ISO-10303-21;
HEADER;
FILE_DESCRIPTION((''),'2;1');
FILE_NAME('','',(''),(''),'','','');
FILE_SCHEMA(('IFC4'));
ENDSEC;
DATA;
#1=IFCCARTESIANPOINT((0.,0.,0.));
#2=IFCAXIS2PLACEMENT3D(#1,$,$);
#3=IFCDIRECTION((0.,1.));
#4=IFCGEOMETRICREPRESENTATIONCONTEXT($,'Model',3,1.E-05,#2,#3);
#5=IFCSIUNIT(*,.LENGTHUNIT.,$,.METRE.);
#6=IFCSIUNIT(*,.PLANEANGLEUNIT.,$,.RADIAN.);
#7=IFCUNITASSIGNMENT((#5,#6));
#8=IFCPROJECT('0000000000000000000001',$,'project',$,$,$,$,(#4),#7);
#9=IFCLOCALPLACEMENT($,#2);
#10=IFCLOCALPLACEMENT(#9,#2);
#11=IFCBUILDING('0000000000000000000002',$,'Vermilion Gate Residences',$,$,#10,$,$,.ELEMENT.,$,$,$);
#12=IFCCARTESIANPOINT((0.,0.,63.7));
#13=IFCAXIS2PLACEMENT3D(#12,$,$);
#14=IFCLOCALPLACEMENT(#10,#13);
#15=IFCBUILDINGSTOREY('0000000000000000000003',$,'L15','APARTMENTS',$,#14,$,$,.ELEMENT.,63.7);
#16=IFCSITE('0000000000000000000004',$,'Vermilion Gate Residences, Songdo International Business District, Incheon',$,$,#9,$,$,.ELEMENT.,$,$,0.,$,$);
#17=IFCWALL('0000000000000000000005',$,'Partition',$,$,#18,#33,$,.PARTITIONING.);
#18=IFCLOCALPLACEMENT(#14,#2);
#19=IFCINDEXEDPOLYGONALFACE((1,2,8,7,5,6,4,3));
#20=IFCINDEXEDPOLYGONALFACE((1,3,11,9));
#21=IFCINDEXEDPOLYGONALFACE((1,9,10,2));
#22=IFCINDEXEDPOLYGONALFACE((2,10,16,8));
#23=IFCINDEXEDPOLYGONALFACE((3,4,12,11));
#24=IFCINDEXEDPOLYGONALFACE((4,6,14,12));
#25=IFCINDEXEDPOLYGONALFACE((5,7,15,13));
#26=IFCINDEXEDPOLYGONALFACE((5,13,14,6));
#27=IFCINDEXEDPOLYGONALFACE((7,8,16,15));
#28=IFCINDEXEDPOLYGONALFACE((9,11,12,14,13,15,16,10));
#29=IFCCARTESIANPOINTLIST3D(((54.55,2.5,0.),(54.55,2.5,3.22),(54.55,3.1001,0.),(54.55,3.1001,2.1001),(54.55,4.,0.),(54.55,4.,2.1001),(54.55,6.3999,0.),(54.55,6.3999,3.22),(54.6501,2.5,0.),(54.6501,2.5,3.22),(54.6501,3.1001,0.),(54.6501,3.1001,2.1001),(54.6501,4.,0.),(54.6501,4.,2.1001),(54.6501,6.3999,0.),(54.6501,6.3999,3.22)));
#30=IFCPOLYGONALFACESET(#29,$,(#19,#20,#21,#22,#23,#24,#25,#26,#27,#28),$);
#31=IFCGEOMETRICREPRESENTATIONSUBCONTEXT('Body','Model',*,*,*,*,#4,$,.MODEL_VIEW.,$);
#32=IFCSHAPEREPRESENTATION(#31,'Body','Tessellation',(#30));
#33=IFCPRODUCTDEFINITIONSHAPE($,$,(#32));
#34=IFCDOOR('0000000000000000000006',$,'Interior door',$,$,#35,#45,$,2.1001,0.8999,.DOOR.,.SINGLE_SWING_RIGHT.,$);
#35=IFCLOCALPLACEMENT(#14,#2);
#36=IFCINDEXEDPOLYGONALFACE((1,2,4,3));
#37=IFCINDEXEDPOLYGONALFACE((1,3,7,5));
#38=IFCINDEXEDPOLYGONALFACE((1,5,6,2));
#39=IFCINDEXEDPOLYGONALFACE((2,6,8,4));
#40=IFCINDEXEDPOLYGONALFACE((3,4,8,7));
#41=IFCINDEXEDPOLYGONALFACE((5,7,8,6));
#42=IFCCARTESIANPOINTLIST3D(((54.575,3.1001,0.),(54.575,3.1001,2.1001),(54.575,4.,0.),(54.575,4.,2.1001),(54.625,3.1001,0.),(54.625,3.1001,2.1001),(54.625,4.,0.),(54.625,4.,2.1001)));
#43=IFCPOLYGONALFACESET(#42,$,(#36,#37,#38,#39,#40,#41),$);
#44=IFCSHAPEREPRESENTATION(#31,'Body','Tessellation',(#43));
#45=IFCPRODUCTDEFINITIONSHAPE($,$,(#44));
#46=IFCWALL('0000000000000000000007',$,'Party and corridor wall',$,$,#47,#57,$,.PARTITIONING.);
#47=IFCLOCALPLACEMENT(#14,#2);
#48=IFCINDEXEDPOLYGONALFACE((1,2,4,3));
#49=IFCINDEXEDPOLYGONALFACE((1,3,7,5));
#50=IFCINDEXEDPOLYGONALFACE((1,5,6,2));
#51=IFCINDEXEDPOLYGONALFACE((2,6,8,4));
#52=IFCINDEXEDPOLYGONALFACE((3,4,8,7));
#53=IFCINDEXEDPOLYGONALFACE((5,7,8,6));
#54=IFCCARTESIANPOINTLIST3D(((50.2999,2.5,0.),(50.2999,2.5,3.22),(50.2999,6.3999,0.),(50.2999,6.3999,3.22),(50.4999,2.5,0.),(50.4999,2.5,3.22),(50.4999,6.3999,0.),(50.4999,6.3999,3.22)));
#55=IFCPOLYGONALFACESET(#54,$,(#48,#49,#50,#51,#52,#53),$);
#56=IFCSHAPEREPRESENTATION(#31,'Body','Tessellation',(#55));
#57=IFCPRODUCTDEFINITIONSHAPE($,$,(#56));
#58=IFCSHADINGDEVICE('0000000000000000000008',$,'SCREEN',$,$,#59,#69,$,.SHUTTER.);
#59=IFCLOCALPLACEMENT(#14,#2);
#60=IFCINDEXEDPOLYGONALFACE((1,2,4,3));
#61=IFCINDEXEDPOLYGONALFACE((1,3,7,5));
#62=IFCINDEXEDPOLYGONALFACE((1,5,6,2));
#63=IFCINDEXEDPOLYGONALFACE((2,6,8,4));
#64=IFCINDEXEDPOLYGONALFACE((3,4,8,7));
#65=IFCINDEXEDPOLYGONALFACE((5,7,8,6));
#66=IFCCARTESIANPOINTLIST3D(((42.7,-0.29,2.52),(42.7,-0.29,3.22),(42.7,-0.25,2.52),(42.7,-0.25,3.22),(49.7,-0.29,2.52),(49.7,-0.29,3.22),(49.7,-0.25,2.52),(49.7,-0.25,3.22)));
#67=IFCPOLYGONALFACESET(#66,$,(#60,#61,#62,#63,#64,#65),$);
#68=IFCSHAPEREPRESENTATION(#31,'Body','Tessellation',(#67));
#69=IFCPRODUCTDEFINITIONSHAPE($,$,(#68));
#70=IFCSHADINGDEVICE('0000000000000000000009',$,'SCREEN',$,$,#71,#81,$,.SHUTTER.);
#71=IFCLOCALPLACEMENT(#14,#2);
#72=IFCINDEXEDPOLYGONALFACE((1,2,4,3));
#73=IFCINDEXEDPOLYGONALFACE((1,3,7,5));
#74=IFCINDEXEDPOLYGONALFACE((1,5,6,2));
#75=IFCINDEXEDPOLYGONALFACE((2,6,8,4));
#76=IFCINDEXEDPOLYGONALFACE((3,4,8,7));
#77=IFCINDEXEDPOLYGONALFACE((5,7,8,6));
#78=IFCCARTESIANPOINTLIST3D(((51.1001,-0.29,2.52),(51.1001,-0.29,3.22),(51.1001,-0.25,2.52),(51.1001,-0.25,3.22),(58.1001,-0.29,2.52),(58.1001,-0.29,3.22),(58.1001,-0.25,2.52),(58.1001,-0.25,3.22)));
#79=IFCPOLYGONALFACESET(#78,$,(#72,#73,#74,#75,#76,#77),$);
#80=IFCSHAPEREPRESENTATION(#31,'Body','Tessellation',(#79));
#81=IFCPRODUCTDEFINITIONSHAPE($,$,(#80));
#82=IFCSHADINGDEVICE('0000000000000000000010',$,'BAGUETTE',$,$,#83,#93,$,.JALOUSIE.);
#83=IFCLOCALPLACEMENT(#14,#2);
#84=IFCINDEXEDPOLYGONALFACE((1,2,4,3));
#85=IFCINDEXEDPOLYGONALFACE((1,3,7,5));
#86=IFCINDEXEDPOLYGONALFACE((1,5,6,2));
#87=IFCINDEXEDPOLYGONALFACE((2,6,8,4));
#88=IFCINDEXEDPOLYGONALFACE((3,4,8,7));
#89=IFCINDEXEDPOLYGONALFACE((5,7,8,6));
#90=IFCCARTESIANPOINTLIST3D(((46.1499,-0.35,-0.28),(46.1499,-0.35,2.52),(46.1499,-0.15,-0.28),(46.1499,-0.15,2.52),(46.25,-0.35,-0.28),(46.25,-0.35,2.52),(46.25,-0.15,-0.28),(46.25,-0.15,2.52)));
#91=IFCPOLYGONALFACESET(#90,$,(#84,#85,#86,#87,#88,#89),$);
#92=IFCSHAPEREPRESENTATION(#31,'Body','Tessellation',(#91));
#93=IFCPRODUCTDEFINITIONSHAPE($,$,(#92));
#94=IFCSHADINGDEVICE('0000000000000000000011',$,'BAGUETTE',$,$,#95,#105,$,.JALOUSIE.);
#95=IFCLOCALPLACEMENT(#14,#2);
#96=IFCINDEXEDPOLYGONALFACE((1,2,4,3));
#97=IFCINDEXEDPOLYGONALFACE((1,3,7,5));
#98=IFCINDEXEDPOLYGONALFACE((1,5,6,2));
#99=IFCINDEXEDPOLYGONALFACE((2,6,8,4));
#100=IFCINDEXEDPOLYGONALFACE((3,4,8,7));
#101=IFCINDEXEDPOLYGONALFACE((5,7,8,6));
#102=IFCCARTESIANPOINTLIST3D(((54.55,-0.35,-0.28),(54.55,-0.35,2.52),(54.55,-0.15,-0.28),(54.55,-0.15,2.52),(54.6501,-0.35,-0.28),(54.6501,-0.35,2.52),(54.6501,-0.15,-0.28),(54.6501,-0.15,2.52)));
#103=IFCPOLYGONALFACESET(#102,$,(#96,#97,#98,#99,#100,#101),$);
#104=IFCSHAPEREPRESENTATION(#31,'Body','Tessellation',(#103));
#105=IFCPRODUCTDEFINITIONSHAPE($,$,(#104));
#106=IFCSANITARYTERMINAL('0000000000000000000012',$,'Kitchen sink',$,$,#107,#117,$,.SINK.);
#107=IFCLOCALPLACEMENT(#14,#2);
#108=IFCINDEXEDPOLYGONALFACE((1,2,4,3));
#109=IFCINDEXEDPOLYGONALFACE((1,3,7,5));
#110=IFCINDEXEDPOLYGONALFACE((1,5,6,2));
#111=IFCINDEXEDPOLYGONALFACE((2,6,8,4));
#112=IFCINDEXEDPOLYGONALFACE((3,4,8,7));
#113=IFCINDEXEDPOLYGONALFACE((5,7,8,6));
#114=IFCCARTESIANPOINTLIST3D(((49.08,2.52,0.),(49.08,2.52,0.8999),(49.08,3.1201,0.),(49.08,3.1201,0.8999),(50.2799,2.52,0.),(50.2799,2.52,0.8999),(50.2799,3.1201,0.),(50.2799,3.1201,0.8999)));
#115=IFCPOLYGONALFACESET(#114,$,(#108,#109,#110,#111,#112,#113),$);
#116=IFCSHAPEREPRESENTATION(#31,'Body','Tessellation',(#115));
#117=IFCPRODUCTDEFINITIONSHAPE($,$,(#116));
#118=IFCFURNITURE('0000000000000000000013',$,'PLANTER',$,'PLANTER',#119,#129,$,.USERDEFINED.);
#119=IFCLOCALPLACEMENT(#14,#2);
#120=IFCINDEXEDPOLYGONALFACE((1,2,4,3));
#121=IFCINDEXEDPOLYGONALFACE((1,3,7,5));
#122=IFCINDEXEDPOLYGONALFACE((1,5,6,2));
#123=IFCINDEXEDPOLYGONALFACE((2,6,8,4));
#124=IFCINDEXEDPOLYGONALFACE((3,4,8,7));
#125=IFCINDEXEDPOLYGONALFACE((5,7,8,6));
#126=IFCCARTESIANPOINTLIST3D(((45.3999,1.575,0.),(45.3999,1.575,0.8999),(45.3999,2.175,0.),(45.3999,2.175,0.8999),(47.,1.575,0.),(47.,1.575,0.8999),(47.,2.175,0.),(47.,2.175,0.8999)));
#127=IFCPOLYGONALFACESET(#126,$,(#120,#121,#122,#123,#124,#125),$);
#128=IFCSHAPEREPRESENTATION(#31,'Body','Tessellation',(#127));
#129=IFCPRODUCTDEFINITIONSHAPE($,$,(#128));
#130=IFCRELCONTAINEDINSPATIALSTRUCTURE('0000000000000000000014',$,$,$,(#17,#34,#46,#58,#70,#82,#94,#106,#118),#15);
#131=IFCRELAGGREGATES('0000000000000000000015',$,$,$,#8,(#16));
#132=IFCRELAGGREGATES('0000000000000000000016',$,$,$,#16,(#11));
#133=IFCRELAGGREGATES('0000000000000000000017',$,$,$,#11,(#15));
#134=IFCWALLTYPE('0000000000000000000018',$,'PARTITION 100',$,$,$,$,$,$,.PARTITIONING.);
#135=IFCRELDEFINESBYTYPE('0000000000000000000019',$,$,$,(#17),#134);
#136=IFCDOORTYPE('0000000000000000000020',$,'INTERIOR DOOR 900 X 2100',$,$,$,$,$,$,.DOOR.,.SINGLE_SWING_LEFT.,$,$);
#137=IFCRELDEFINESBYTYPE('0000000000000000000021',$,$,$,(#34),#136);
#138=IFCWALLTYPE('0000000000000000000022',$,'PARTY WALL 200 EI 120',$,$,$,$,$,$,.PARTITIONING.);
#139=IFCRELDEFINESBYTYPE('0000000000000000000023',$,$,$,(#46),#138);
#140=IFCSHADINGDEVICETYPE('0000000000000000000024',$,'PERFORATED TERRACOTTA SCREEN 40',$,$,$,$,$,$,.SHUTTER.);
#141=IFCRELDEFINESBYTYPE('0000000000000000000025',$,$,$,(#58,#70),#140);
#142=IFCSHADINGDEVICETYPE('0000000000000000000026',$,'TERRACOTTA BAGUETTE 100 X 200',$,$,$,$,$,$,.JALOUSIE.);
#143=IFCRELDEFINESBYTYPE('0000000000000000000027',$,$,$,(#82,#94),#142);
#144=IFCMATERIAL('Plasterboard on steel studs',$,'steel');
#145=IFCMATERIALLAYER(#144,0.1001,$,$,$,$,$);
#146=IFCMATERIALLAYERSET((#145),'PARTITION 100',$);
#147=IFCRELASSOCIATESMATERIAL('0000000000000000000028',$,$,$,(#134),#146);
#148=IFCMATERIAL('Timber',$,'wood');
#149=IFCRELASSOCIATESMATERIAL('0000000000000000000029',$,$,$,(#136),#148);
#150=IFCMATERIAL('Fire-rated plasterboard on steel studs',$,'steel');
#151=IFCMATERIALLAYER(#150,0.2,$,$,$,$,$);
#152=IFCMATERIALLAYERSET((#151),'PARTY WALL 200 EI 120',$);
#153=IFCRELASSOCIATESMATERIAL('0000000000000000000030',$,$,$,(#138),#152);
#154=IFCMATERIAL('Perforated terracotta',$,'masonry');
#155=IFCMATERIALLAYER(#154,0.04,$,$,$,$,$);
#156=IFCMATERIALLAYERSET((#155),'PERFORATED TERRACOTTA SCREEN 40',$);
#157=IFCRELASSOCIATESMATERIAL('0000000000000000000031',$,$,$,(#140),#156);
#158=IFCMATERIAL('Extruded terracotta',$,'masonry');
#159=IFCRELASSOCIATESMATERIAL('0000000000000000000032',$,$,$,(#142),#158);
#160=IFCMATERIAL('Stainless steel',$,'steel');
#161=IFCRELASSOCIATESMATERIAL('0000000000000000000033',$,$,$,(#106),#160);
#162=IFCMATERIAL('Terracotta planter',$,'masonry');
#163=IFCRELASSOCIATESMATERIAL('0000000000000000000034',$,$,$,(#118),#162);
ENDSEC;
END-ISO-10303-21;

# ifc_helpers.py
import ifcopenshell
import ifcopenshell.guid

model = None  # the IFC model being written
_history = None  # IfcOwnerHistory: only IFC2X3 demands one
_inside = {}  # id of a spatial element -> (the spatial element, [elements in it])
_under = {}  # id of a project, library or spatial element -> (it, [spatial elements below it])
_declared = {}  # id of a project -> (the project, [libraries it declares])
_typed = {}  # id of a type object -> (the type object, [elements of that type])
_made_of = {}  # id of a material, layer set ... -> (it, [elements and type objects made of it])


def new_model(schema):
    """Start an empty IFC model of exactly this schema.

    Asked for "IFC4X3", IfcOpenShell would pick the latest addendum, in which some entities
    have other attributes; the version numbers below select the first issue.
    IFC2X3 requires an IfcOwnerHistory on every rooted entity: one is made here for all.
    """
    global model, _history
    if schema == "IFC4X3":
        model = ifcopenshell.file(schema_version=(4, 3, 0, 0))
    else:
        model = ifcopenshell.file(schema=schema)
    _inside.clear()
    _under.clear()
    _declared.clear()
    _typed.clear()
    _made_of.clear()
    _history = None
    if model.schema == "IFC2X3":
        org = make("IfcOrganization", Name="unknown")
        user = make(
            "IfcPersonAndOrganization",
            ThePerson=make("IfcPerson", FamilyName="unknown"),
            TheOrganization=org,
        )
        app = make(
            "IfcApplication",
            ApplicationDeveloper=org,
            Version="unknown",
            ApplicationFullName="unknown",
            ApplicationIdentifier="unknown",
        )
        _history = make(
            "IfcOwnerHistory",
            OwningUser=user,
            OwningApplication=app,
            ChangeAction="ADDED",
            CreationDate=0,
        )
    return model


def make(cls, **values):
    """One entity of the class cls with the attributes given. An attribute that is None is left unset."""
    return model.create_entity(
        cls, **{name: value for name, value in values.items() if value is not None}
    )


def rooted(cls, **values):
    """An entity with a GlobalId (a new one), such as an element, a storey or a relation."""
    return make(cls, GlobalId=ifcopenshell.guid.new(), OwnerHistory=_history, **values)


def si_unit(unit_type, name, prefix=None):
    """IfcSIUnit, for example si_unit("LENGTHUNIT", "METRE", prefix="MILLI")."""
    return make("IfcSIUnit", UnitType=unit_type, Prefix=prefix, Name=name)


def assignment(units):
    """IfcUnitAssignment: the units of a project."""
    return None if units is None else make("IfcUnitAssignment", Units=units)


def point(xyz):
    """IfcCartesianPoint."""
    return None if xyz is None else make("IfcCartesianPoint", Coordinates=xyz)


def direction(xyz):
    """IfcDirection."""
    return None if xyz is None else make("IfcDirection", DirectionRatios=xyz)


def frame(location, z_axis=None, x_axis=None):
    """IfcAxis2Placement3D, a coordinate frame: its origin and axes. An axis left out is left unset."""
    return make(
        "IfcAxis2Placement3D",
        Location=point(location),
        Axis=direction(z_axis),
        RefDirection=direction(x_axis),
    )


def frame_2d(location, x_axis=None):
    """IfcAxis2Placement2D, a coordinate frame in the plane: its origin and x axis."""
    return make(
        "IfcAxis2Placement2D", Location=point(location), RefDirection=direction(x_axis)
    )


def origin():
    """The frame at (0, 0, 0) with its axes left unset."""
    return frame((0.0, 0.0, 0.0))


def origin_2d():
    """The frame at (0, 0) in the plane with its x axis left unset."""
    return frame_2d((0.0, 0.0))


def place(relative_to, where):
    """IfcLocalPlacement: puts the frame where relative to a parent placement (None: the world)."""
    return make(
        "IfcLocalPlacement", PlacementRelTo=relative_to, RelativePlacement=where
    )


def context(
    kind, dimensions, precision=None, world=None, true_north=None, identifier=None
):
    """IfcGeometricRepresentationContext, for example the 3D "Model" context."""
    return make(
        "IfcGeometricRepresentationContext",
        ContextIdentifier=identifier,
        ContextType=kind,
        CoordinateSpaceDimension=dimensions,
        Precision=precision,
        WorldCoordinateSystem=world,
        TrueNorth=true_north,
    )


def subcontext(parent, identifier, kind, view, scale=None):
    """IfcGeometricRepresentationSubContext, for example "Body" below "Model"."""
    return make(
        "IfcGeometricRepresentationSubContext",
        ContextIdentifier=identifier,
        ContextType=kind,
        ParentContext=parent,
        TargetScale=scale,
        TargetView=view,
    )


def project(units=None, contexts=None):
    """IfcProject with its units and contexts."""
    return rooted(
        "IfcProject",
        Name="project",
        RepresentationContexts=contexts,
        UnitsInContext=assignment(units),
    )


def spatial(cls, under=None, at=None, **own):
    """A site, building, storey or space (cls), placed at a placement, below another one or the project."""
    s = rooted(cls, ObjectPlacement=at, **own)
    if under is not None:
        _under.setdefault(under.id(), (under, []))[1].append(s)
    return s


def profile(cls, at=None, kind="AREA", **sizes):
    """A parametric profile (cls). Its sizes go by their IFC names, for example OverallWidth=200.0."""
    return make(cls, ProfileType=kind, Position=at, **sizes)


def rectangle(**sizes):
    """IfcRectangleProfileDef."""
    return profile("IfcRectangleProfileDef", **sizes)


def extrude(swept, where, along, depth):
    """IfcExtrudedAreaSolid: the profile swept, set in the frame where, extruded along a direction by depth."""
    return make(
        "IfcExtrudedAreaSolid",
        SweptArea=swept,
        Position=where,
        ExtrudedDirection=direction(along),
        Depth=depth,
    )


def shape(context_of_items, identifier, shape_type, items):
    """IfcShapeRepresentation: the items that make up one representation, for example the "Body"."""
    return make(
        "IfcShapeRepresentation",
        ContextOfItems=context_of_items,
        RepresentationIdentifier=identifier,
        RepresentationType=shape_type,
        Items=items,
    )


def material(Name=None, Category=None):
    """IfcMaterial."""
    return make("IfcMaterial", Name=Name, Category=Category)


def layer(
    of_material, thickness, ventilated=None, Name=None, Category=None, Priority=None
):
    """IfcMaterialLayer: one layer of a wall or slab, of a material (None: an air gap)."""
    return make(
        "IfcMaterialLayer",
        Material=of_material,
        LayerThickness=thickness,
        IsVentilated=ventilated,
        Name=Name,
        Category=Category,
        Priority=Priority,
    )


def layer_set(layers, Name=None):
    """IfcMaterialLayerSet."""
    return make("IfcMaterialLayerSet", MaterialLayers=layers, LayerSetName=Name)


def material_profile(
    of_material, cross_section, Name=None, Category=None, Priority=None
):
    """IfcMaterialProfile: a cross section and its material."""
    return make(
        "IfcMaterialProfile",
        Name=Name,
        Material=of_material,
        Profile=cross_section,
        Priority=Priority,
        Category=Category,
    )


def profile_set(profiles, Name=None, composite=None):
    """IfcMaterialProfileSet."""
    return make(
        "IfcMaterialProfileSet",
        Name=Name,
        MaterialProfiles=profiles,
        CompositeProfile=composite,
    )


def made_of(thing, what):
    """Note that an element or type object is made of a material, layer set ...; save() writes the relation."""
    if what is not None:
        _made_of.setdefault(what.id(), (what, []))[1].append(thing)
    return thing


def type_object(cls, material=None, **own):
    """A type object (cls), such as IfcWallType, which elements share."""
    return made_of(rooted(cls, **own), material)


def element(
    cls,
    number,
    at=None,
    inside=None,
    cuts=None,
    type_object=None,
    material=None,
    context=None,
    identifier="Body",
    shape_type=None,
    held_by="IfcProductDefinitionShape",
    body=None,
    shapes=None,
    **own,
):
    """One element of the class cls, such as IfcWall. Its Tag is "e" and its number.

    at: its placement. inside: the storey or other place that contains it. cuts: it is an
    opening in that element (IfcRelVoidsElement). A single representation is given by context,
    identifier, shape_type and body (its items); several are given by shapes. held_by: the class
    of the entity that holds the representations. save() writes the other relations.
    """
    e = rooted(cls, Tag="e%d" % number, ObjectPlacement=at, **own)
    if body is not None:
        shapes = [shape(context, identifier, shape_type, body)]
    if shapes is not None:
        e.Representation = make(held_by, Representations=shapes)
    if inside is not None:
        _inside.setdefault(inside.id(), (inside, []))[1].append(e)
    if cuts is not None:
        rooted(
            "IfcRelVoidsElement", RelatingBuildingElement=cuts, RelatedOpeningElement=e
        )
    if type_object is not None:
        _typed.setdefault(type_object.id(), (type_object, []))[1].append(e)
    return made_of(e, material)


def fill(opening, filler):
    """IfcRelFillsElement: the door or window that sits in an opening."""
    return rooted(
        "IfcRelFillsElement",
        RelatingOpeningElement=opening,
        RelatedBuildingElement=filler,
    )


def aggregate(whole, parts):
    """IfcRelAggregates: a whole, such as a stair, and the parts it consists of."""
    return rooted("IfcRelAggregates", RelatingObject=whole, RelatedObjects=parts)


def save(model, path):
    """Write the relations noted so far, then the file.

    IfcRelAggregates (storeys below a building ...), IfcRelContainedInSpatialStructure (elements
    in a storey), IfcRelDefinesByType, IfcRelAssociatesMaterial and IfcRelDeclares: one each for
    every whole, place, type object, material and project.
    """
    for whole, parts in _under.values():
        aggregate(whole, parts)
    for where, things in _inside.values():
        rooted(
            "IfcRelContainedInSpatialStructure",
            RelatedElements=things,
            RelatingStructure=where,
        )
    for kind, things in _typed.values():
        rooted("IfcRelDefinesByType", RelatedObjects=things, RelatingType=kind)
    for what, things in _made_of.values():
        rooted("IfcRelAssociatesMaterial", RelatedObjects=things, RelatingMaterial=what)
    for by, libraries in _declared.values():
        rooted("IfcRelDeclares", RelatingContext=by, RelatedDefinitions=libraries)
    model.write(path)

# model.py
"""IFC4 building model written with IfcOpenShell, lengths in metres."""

from ifc_helpers import new_model, si_unit, direction, frame, frame_2d, origin, origin_2d, place, context, subcontext, project, spatial, rectangle, extrude, material, layer, layer_set, material_profile, profile_set, type_object, element, fill, save


model = new_model("IFC4")

# Units and contexts
model_context = context("Model", 3, precision=1e-05, world=origin(), true_north=direction((0.0, 1.0)))
body_context = subcontext(model_context, "Body", "Model", "MODEL_VIEW")
ifc_project = project(units=[si_unit("LENGTHUNIT", "METRE"), si_unit("PLANEANGLEUNIT", "RADIAN")], contexts=[model_context])

# Site, building, storey
site_placement = place(None, origin())
site = spatial("IfcSite", under=ifc_project, at=site_placement, Name="Vermilion Gate Residences, Songdo International Business District, Incheon", CompositionType="ELEMENT", RefElevation=0.0)
building_placement = place(site_placement, origin())
building = spatial("IfcBuilding", under=site, at=building_placement, Name="Vermilion Gate Residences", CompositionType="ELEMENT")
storey_placement = place(building_placement, frame((0.0, 0.0, 63.7)))
storey = spatial("IfcBuildingStorey", under=building, at=storey_placement, Name="L15", Description="APARTMENTS", CompositionType="ELEMENT", Elevation=63.7)

# Shared definitions
ifc_material_1 = material(Name="Plasterboard on steel studs", Category="steel")
ifc_layer_1 = layer(ifc_material_1, 0.1001)
ifc_layer_set_1 = layer_set([ifc_layer_1], Name="PARTITION 100")
wall_type_1 = type_object("IfcWallType", Name="PARTITION 100", PredefinedType="PARTITIONING", material=ifc_layer_set_1)
ifc_material_2 = material(Name="Timber", Category="wood")
door_type = type_object("IfcDoorType", Name="INTERIOR DOOR 900 X 2100", OperationType="SINGLE_SWING_LEFT", PredefinedType="DOOR", material=ifc_material_2)

# Wall, opening, door
wall_1_placement = place(storey_placement, frame((54.6001, 2.5, 0.0), z_axis=(0.0, 0.0, 1.0), x_axis=(0.0, 1.0, 0.0)))
wall_1 = element("IfcWall", 1, at=wall_1_placement, inside=storey, type_object=wall_type_1, Name="Partition", PredefinedType="PARTITIONING", context=body_context, shape_type="SweptSolid", body=[
    extrude(rectangle(XDim=3.8999, YDim=0.1001, at=frame_2d((1.95, 0.0))), origin(), (0.0, 0.0, 1.0), 3.22),
])
opening_1_placement = place(wall_1_placement, frame((0.6001, 0.0, 0.0)))
opening_1 = element("IfcOpeningElement", 2, at=opening_1_placement, cuts=wall_1, PredefinedType="OPENING", context=body_context, shape_type="SweptSolid", body=[
    extrude(rectangle(XDim=0.8999, YDim=2.1001, at=frame_2d((0.45, 1.05))), frame((0.0, 0.0601, 0.0), z_axis=(0.0, -1.0, 0.0), x_axis=(1.0, 0.0, 0.0)), (0.0, 0.0, 1.0), 0.1201),
])
door_1_placement = place(opening_1_placement, frame((0.8999, 0.0, 0.0), z_axis=(0.0, 0.0, 1.0), x_axis=(-1.0, 0.0, 0.0)))
door_1 = element("IfcDoor", 3, at=door_1_placement, inside=storey, type_object=door_type, Name="Interior door", OperationType="SINGLE_SWING_RIGHT", OverallHeight=2.1001, OverallWidth=0.8999, PredefinedType="DOOR", context=body_context, shape_type="SweptSolid", body=[
    extrude(rectangle(XDim=0.8999, YDim=2.1001, at=frame_2d((0.45, 1.05))), frame((0.0, 0.0249, 0.0), z_axis=(0.0, -1.0, 0.0), x_axis=(1.0, 0.0, 0.0)), (0.0, 0.0, 1.0), 0.05),
])
fill(opening_1, door_1)

# Wall
ifc_material_3 = material(Name="Fire-rated plasterboard on steel studs", Category="steel")
ifc_layer_2 = layer(ifc_material_3, 0.2)
ifc_layer_set_2 = layer_set([ifc_layer_2], Name="PARTY WALL 200 EI 120")
wall_type_2 = type_object("IfcWallType", Name="PARTY WALL 200 EI 120", PredefinedType="PARTITIONING", material=ifc_layer_set_2)
wall_2_placement = place(storey_placement, frame((50.3999, 2.5, 0.0), z_axis=(0.0, 0.0, 1.0), x_axis=(0.0, 1.0, 0.0)))
element("IfcWall", 4, at=wall_2_placement, inside=storey, type_object=wall_type_2, Name="Party and corridor wall", PredefinedType="PARTITIONING", context=body_context, shape_type="SweptSolid", body=[
    extrude(rectangle(XDim=3.8999, YDim=0.2, at=frame_2d((1.95, 0.0))), origin(), (0.0, 0.0, 1.0), 3.22),
])

# Shading devices
ifc_material_4 = material(Name="Perforated terracotta", Category="masonry")
ifc_layer_3 = layer(ifc_material_4, 0.04)
ifc_layer_set_3 = layer_set([ifc_layer_3], Name="PERFORATED TERRACOTTA SCREEN 40")
shading_device_type_1 = type_object("IfcShadingDeviceType", Name="PERFORATED TERRACOTTA SCREEN 40", PredefinedType="SHUTTER", material=ifc_layer_set_3)
for number, where, z_axis, x_axis, name in (
    (5, (46.2, -0.27, 2.52), (0.0, 0.0, 1.0), (1.0, 0.0, 0.0), "SCREEN"),
    (6, (54.6001, -0.27, 2.52), (0.0, 0.0, 1.0), (1.0, 0.0, 0.0), "SCREEN"),
):
    element("IfcShadingDevice", number, at=place(storey_placement, frame(where, z_axis=z_axis, x_axis=x_axis)), inside=storey, type_object=shading_device_type_1, Name=name, PredefinedType="SHUTTER", context=body_context, shape_type="SweptSolid", body=[
        extrude(rectangle(XDim=7.0, YDim=0.04, at=origin_2d()), origin(), (0.0, 0.0, 1.0), 0.7),
    ])
ifc_material_5 = material(Name="Extruded terracotta", Category="masonry")
ifc_material_profile_1 = material_profile(ifc_material_5, rectangle(XDim=0.2, YDim=0.1001, at=origin_2d()), Name="BAGUETTE 100 X 200")
ifc_profile_set_1 = profile_set([ifc_material_profile_1], Name="Extruded terracotta")
shading_device_type_2 = type_object("IfcShadingDeviceType", Name="TERRACOTTA BAGUETTE 100 X 200", PredefinedType="JALOUSIE", material=ifc_profile_set_1)
for number, where, z_axis, x_axis, name in (
    (7, (46.2, -0.25, -0.28), (0.0, 0.0, 1.0), (0.0, 1.0, 0.0), "BAGUETTE"),
    (8, (54.6001, -0.25, -0.28), (0.0, 0.0, 1.0), (0.0, 1.0, 0.0), "BAGUETTE"),
):
    element("IfcShadingDevice", number, at=place(storey_placement, frame(where, z_axis=z_axis, x_axis=x_axis)), inside=storey, type_object=shading_device_type_2, Name=name, PredefinedType="JALOUSIE", context=body_context, shape_type="SweptSolid", body=[
        extrude(rectangle(XDim=0.2, YDim=0.1001, at=origin_2d()), origin(), (0.0, 0.0, 1.0), 2.8),
    ])

# Sanitary terminal
ifc_material_6 = material(Name="Stainless steel", Category="steel")
sanitary_terminal_placement = place(storey_placement, frame((49.6799, 2.8201, 0.0), z_axis=(0.0, 0.0, 1.0), x_axis=(1.0, 0.0, 0.0)))
element("IfcSanitaryTerminal", 9, at=sanitary_terminal_placement, inside=storey, material=ifc_material_6, Name="Kitchen sink", PredefinedType="SINK", context=body_context, shape_type="SweptSolid", body=[
    extrude(rectangle(XDim=1.2, YDim=0.6001, at=origin_2d()), origin(), (0.0, 0.0, 1.0), 0.8999),
])

# Furniture
ifc_material_7 = material(Name="Terracotta planter", Category="masonry")
furniture_placement = place(storey_placement, frame((46.2, 1.875, 0.0), z_axis=(0.0, 0.0, 1.0), x_axis=(1.0, 0.0, 0.0)))
element("IfcFurniture", 10, at=furniture_placement, inside=storey, material=ifc_material_7, Name="PLANTER", ObjectType="PLANTER", PredefinedType="USERDEFINED", context=body_context, shape_type="SweptSolid", body=[
    extrude(rectangle(XDim=1.6001, YDim=0.6001, at=origin_2d()), origin(), (0.0, 0.0, 1.0), 0.8999),
])

save(model, "model.ifc")
